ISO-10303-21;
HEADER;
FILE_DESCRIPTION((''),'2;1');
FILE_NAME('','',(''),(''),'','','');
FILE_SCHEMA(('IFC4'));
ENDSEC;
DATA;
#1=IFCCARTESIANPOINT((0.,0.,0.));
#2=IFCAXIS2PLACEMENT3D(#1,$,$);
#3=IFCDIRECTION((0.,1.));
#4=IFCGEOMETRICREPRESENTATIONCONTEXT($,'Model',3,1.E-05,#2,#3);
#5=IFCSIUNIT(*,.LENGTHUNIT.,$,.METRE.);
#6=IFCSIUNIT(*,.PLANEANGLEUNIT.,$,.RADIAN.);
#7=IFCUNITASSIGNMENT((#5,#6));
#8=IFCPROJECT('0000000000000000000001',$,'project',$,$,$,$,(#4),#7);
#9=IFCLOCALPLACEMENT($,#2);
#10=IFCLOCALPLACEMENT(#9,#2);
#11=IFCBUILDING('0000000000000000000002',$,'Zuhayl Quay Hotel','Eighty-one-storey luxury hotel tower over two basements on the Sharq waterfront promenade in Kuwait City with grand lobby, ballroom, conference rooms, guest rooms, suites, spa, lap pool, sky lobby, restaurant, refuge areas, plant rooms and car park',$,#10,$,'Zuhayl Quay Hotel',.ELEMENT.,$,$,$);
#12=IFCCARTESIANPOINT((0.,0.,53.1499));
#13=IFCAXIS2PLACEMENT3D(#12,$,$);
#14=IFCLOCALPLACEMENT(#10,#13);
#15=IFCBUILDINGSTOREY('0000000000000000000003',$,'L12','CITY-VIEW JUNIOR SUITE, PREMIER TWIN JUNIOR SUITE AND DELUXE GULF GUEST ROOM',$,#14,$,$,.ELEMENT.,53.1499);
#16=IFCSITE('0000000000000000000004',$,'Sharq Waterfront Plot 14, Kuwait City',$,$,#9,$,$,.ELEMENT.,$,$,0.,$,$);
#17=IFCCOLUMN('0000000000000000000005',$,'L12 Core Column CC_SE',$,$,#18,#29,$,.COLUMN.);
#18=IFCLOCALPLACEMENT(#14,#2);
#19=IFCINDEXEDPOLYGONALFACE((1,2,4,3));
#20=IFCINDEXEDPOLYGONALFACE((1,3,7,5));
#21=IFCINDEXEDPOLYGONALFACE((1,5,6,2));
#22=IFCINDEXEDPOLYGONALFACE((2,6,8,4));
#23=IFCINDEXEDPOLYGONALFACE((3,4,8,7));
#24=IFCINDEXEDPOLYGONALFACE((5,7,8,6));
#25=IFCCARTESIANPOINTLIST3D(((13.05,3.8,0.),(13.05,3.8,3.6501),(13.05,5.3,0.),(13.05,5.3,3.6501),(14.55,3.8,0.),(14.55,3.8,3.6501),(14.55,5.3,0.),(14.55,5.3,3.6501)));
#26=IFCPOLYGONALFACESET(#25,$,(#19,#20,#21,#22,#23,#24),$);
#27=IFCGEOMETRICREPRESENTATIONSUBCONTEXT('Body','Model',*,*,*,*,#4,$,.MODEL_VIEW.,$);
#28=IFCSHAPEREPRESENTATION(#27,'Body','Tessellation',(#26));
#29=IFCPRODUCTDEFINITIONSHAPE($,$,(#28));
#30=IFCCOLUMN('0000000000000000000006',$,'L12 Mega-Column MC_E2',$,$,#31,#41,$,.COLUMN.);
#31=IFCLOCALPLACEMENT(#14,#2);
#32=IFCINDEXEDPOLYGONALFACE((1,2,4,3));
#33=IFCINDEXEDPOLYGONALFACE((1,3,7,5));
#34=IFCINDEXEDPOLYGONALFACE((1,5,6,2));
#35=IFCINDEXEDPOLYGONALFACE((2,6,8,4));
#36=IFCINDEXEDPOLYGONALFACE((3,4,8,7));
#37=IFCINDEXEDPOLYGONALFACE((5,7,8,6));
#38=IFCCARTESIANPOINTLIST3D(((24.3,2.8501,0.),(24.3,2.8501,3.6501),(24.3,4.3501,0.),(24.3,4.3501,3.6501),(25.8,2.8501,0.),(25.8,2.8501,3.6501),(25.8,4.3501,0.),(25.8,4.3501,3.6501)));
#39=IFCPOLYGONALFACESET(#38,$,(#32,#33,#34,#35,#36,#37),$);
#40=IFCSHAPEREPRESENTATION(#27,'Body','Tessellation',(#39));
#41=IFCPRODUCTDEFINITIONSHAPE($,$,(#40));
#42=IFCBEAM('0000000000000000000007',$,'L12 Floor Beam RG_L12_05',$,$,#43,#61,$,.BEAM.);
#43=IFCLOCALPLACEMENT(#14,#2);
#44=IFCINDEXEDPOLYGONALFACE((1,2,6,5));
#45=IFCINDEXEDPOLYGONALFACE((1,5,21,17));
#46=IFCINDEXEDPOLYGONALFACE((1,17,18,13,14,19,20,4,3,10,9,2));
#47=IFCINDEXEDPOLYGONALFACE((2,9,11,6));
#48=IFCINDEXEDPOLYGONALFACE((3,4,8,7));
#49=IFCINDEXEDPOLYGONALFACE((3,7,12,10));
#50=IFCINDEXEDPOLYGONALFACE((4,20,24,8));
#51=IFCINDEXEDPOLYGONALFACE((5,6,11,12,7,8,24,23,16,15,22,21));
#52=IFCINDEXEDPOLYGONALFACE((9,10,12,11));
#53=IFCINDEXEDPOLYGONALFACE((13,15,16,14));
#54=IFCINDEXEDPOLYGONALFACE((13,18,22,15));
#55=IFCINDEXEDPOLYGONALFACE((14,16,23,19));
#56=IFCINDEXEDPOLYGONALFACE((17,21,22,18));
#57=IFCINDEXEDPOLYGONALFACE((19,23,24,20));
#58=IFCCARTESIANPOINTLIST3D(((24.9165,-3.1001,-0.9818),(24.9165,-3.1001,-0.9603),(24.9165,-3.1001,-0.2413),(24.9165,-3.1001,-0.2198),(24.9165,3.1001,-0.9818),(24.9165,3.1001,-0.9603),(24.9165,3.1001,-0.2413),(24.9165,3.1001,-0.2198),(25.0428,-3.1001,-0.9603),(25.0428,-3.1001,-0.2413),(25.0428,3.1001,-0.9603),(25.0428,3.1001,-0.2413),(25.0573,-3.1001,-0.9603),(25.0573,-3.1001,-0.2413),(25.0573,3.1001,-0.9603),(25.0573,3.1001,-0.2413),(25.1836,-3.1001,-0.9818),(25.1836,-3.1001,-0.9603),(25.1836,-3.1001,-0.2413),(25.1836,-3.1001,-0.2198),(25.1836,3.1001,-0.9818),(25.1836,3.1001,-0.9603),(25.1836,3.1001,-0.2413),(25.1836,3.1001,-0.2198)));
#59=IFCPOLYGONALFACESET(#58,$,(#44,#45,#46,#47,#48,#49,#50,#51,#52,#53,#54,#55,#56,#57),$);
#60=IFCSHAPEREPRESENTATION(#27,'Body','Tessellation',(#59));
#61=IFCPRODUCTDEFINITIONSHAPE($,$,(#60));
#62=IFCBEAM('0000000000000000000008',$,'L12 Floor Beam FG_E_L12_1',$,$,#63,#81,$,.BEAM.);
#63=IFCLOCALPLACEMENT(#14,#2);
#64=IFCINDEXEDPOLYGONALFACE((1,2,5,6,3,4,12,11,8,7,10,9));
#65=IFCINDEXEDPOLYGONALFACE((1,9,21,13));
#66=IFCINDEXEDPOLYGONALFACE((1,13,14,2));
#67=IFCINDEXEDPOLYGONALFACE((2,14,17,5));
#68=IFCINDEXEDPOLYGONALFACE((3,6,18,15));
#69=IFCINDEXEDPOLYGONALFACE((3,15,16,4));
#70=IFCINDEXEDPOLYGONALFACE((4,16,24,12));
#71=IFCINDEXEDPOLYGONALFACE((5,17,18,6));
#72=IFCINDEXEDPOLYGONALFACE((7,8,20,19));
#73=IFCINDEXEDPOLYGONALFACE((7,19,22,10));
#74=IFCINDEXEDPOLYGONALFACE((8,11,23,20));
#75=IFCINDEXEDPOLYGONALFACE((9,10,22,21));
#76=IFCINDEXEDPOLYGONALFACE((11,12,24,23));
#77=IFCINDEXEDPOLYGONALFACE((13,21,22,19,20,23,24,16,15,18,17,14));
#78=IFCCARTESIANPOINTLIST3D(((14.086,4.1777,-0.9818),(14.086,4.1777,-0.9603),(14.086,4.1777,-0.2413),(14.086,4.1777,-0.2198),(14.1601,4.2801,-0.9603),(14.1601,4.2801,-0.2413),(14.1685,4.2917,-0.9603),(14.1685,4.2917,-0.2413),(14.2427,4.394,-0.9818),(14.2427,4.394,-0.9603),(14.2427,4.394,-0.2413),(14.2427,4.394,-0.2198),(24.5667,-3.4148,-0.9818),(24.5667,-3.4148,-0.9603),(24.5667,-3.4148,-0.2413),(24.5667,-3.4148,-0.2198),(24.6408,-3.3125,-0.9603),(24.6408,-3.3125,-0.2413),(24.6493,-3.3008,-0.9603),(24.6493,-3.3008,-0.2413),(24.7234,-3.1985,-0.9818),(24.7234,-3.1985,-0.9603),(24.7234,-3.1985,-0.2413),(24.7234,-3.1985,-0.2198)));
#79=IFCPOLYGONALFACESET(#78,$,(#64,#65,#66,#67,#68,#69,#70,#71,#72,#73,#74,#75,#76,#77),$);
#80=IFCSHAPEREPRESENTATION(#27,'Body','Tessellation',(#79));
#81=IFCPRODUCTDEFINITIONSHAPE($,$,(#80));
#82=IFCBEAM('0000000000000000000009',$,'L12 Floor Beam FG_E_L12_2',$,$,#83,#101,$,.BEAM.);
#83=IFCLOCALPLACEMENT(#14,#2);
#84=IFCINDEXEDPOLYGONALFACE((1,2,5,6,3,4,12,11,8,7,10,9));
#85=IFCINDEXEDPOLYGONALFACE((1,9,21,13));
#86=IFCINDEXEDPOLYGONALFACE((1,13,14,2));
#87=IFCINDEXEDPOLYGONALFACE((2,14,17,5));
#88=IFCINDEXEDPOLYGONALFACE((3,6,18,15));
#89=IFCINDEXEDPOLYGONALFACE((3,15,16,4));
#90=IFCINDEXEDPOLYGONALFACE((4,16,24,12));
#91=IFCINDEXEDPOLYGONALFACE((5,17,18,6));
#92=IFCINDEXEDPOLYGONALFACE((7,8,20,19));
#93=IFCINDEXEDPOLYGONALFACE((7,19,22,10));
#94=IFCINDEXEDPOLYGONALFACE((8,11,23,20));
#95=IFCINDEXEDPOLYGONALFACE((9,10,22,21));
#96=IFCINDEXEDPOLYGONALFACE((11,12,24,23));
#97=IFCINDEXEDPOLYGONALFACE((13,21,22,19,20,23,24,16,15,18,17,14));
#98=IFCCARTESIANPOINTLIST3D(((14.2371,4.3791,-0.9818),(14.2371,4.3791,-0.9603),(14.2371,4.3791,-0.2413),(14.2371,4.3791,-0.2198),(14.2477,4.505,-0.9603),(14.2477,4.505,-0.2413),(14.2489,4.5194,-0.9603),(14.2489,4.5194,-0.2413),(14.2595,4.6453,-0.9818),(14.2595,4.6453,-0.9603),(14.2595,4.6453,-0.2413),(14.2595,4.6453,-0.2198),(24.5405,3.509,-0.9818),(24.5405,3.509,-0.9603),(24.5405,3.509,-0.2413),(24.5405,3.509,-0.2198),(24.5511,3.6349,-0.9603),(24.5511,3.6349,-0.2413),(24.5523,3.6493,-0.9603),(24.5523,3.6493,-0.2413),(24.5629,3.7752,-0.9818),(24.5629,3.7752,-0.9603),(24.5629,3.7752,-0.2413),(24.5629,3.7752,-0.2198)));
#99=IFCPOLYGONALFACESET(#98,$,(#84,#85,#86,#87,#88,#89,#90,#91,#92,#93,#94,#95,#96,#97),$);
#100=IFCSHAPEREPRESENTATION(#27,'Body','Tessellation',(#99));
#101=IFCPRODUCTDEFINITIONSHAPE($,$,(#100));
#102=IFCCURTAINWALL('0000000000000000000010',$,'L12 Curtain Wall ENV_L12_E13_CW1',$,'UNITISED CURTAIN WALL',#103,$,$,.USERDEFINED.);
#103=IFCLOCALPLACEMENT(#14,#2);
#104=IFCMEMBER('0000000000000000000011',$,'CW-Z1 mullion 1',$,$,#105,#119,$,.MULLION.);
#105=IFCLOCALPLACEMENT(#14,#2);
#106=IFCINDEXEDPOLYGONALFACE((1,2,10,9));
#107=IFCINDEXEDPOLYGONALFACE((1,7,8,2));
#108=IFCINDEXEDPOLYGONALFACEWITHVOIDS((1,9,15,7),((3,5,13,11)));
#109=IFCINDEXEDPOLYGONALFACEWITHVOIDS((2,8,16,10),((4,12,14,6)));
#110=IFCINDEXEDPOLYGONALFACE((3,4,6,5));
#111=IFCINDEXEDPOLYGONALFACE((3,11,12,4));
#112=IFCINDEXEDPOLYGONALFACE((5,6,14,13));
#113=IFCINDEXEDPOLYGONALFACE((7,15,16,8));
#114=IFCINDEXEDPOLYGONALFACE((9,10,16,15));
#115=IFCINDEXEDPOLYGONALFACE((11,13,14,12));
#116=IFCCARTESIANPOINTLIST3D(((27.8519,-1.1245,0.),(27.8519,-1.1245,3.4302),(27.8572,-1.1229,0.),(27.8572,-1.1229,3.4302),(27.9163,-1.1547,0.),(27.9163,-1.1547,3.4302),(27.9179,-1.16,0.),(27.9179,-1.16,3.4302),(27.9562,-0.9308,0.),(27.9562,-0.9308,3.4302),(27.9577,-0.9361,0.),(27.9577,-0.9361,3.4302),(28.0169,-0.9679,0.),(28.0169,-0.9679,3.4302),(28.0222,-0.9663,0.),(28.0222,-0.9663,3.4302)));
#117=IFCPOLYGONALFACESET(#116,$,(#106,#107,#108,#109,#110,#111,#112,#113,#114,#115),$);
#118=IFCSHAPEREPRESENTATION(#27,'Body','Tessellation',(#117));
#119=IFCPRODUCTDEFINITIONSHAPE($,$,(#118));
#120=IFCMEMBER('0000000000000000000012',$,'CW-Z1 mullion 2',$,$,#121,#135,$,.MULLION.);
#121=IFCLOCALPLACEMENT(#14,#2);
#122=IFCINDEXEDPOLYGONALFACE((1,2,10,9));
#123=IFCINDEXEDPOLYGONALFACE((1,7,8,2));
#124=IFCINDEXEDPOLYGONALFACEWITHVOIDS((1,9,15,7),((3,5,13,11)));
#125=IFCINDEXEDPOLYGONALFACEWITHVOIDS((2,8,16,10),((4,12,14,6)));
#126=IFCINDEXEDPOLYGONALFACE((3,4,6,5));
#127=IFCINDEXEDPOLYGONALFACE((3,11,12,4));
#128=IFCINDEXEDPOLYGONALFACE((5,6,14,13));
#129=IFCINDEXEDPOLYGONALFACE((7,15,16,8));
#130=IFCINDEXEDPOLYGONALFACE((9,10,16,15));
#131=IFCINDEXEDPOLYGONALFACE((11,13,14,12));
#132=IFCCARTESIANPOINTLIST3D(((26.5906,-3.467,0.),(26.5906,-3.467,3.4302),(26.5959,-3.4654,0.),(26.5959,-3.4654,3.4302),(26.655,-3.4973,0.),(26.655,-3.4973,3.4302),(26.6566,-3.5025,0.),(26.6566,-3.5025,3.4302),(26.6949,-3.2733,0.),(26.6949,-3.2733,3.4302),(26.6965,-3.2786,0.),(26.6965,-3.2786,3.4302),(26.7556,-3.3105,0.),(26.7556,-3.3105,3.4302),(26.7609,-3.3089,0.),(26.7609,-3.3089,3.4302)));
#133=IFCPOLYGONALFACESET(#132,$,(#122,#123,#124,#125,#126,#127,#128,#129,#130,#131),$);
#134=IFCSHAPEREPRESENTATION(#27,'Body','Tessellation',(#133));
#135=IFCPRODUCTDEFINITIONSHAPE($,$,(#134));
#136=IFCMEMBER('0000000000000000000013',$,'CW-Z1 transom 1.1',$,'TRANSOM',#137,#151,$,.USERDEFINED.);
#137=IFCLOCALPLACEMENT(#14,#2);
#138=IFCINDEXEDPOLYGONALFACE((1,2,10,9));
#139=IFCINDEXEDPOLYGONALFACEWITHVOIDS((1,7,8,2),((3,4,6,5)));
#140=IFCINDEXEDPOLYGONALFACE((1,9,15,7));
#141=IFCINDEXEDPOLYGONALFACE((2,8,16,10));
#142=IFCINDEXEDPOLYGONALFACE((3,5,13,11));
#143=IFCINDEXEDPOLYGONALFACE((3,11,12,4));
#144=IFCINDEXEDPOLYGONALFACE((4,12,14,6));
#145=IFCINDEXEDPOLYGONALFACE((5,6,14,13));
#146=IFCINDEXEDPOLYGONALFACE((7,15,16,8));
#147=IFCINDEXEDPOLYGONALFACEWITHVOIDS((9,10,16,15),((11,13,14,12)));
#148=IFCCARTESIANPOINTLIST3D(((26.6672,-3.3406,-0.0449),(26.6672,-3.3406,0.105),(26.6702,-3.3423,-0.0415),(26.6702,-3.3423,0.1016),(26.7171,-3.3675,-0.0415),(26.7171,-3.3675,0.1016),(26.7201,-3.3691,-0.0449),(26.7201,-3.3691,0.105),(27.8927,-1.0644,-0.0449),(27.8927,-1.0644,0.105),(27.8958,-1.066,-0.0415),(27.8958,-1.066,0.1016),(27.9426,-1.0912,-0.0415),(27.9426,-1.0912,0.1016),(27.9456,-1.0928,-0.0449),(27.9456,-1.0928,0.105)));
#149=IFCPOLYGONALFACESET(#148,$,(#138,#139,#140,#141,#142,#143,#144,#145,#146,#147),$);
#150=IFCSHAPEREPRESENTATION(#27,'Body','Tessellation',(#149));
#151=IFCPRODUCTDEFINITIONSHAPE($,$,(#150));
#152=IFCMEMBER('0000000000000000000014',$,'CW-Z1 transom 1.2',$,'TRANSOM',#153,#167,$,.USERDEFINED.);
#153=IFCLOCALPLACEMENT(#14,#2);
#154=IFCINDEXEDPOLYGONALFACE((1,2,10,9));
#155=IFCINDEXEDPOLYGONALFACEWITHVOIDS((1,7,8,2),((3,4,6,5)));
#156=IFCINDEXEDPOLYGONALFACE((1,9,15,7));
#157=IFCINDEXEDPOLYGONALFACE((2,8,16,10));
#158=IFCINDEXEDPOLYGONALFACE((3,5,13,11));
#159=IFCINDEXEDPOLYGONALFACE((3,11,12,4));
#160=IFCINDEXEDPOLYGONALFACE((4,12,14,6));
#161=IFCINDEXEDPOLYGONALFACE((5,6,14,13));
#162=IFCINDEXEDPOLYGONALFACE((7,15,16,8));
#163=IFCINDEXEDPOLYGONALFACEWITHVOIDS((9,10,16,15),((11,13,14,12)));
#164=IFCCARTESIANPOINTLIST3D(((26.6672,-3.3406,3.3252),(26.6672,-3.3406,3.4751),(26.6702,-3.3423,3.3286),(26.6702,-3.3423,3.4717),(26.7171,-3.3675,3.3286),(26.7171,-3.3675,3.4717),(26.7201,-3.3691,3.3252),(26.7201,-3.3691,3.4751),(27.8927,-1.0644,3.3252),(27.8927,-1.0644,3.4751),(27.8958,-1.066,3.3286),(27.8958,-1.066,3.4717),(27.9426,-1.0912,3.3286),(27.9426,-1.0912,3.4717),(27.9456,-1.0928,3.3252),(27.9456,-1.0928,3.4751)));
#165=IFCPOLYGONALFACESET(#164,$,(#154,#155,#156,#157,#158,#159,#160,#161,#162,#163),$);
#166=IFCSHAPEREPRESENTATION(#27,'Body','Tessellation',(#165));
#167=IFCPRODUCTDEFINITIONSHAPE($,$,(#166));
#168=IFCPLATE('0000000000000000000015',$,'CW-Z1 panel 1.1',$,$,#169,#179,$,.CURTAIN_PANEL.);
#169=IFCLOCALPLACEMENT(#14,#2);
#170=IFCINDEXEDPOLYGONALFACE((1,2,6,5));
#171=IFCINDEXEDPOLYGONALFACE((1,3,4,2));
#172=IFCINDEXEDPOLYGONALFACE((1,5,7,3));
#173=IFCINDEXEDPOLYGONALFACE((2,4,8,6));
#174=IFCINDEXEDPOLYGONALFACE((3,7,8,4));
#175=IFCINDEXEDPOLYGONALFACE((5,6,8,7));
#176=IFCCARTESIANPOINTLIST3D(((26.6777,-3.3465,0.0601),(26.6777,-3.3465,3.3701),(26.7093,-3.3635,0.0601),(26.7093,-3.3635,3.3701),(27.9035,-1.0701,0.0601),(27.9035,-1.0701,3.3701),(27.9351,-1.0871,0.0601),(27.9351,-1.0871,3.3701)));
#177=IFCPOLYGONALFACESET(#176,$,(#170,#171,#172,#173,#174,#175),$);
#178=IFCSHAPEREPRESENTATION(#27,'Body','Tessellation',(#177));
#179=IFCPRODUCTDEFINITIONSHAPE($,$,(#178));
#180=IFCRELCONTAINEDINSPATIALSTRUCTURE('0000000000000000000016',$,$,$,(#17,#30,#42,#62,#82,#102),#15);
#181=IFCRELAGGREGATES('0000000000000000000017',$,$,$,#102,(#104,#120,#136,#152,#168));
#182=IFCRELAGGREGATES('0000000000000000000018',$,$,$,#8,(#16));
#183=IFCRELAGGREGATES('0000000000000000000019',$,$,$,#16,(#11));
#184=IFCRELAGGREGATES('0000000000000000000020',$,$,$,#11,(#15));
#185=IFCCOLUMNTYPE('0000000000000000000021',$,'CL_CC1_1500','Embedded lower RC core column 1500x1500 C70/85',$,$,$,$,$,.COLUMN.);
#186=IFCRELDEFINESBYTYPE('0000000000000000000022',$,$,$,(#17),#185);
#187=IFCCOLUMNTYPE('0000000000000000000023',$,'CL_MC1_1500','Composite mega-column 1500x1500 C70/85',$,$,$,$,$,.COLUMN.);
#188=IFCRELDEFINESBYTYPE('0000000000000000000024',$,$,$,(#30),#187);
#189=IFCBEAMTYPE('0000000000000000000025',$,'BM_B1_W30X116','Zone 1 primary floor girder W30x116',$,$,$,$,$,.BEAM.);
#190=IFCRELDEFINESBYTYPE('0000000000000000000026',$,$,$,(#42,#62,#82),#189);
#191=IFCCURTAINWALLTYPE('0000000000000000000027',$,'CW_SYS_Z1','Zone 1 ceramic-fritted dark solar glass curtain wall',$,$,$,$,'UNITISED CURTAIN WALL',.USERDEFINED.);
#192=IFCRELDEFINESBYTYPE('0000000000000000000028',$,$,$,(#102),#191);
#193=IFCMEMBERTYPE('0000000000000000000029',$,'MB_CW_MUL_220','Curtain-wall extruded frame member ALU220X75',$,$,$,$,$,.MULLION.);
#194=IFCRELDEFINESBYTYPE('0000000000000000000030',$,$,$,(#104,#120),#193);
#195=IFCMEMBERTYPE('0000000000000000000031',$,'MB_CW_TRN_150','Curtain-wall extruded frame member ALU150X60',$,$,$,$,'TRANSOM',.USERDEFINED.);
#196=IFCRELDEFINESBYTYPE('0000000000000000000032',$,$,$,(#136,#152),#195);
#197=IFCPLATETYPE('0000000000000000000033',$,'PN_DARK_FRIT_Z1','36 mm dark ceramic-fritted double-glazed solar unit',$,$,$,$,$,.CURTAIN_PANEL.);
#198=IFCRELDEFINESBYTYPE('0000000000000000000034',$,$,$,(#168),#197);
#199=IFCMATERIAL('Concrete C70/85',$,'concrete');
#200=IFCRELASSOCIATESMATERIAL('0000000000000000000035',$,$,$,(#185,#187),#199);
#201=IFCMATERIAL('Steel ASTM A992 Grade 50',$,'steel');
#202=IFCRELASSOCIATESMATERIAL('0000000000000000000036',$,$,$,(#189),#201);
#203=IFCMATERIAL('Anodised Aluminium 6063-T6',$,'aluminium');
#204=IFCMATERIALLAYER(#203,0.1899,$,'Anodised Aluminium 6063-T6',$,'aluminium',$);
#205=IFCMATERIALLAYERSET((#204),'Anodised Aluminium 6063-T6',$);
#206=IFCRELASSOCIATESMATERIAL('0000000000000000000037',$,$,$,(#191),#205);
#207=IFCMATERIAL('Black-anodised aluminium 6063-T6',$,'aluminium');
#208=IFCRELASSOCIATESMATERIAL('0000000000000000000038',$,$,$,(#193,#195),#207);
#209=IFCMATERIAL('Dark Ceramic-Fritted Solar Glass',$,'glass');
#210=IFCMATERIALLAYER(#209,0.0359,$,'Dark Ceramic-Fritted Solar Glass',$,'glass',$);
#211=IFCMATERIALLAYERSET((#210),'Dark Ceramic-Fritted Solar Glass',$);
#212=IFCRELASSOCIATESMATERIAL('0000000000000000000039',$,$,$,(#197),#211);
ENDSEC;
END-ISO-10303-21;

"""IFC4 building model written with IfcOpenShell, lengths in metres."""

from ifc_helpers import new_model, si_unit, direction, frame, origin, origin_2d, place, context, subcontext, project, spatial, rectangle, hollow_rectangle, i_section, extrude, material, layer, layer_set, material_profile, profile_set, type_object, element, aggregate, save


model = new_model("IFC4")

# Units and contexts
model_context = context("Model", 3, precision=1e-05, world=origin(), true_north=direction((0.0, 1.0)))
body_context = subcontext(model_context, "Body", "Model", "MODEL_VIEW")
ifc_project = project(units=[si_unit("LENGTHUNIT", "METRE"), si_unit("PLANEANGLEUNIT", "RADIAN")], contexts=[model_context])

# Site, building, storey
site_placement = place(None, origin())
site = spatial("IfcSite", under=ifc_project, at=site_placement, Name="Sharq Waterfront Plot 14, Kuwait City", CompositionType="ELEMENT", RefElevation=0.0)
building_placement = place(site_placement, origin())
building = spatial("IfcBuilding", under=site, at=building_placement, Name="Zuhayl Quay Hotel", Description="Eighty-one-storey luxury hotel tower over two basements on the Sharq waterfront promenade in Kuwait City with grand lobby, ballroom, conference rooms, guest rooms, suites, spa, lap pool, sky lobby, restaurant, refuge areas, plant rooms and car park", LongName="Zuhayl Quay Hotel", CompositionType="ELEMENT")
storey_placement = place(building_placement, frame((0.0, 0.0, 53.1499)))
storey = spatial("IfcBuildingStorey", under=building, at=storey_placement, Name="L12", Description="CITY-VIEW JUNIOR SUITE, PREMIER TWIN JUNIOR SUITE AND DELUXE GULF GUEST ROOM", CompositionType="ELEMENT", Elevation=53.1499)

# Columns
ifc_material_1 = material(Name="Concrete C70/85", Category="concrete")
ifc_material_profile_1 = material_profile(ifc_material_1, rectangle(XDim=1.5, YDim=1.5, at=origin_2d()), Name="RC1500X1500")
ifc_profile_set_1 = profile_set([ifc_material_profile_1], Name="Concrete C70/85")
column_type_1 = type_object("IfcColumnType", Name="CL_CC1_1500", Description="Embedded lower RC core column 1500x1500 C70/85", PredefinedType="COLUMN", material=ifc_profile_set_1)
column_1_placement = place(storey_placement, frame((13.8, 4.55, 0.0), z_axis=(0.0, 0.0, 1.0), x_axis=(1.0, 0.0, 0.0)))
element("IfcColumn", 1, at=column_1_placement, inside=storey, type_object=column_type_1, Name="L12 Core Column CC_SE", PredefinedType="COLUMN", context=body_context, shape_type="SweptSolid", body=[
    extrude(rectangle(XDim=1.5, YDim=1.5, at=origin_2d()), origin(), (0.0, 0.0, 1.0), 3.6501),
])
ifc_material_profile_2 = material_profile(ifc_material_1, rectangle(XDim=1.5, YDim=1.5, at=origin_2d()), Name="RC1500X1500")
ifc_profile_set_2 = profile_set([ifc_material_profile_2], Name="Concrete C70/85")
column_type_2 = type_object("IfcColumnType", Name="CL_MC1_1500", Description="Composite mega-column 1500x1500 C70/85", PredefinedType="COLUMN", material=ifc_profile_set_2)
column_2_placement = place(storey_placement, frame((25.05, 3.6001, 0.0), z_axis=(0.0, 0.0, 1.0), x_axis=(1.0, 0.0, 0.0)))
element("IfcColumn", 2, at=column_2_placement, inside=storey, type_object=column_type_2, Name="L12 Mega-Column MC_E2", PredefinedType="COLUMN", context=body_context, shape_type="SweptSolid", body=[
    extrude(rectangle(XDim=1.5, YDim=1.5, at=origin_2d()), origin(), (0.0, 0.0, 1.0), 3.6501),
])

# Beams
ifc_material_2 = material(Name="Steel ASTM A992 Grade 50", Category="steel")
ifc_material_profile_3 = material_profile(ifc_material_2, i_section(OverallWidth=0.2671, OverallDepth=0.762, WebThickness=0.0144, FlangeThickness=0.0215, at=origin_2d()), Name="W30X116")
ifc_profile_set_3 = profile_set([ifc_material_profile_3], Name="Steel ASTM A992 Grade 50")
beam_type = type_object("IfcBeamType", Name="BM_B1_W30X116", Description="Zone 1 primary floor girder W30x116", PredefinedType="BEAM", material=ifc_profile_set_3)
beam_1_placement = place(storey_placement, frame((25.05, -3.1001, -0.6008), z_axis=(0.0, 1.0, 0.0), x_axis=(-1.0, 0.0, 0.0)))
element("IfcBeam", 3, at=beam_1_placement, inside=storey, type_object=beam_type, Name="L12 Floor Beam RG_L12_05", PredefinedType="BEAM", context=body_context, shape_type="SweptSolid", body=[
    extrude(i_section(OverallWidth=0.2671, OverallDepth=0.762, WebThickness=0.0144, FlangeThickness=0.0215, at=origin_2d()), origin(), (0.0, 0.0, 1.0), 6.2002),
])
beam_2_placement = place(storey_placement, frame((14.1643, 4.2859, -0.6008), z_axis=(0.80983, -0.586664, 0.0), x_axis=(0.586664, 0.80983, 0.0)))
element("IfcBeam", 4, at=beam_2_placement, inside=storey, type_object=beam_type, Name="L12 Floor Beam FG_E_L12_1", PredefinedType="BEAM", context=body_context, shape_type="SweptSolid", body=[
    extrude(i_section(OverallWidth=0.2671, OverallDepth=0.762, WebThickness=0.0144, FlangeThickness=0.0215, at=origin_2d()), origin(), (0.0, 0.0, 1.0), 12.9419),
])
beam_3_placement = place(storey_placement, frame((14.2483, 4.5122, -0.6008), z_axis=(0.996453, -0.084149, 0.0), x_axis=(0.084149, 0.996453, 0.0)))
element("IfcBeam", 5, at=beam_3_placement, inside=storey, type_object=beam_type, Name="L12 Floor Beam FG_E_L12_2", PredefinedType="BEAM", context=body_context, shape_type="SweptSolid", body=[
    extrude(i_section(OverallWidth=0.2671, OverallDepth=0.762, WebThickness=0.0144, FlangeThickness=0.0215, at=origin_2d()), origin(), (0.0, 0.0, 1.0), 10.3401),
])

# Curtain wall, members, plate
ifc_material_3 = material(Name="Anodised Aluminium 6063-T6", Category="aluminium")
ifc_layer_1 = layer(ifc_material_3, 0.1899, Name="Anodised Aluminium 6063-T6", Category="aluminium")
ifc_layer_set_1 = layer_set([ifc_layer_1], Name="Anodised Aluminium 6063-T6")
curtain_wall_type = type_object("IfcCurtainWallType", Name="CW_SYS_Z1", Description="Zone 1 ceramic-fritted dark solar glass curtain wall", ElementType="UNITISED CURTAIN WALL", PredefinedType="USERDEFINED", material=ifc_layer_set_1)
curtain_wall_placement = place(storey_placement, origin())
curtain_wall = element("IfcCurtainWall", 6, at=curtain_wall_placement, inside=storey, type_object=curtain_wall_type, Name="L12 Curtain Wall ENV_L12_E13_CW1", ObjectType="UNITISED CURTAIN WALL", PredefinedType="USERDEFINED")
ifc_material_4 = material(Name="Black-anodised aluminium 6063-T6", Category="aluminium")
ifc_material_profile_4 = material_profile(ifc_material_4, hollow_rectangle(XDim=0.075, YDim=0.22, WallThickness=0.0039, at=origin_2d()), Name="ALU220X75")
ifc_profile_set_4 = profile_set([ifc_material_profile_4], Name="Black-anodised aluminium 6063-T6")
member_type_1 = type_object("IfcMemberType", Name="MB_CW_MUL_220", Description="Curtain-wall extruded frame member ALU220X75", PredefinedType="MULLION", material=ifc_profile_set_4)
member_1_placement = place(storey_placement, frame((27.937, -1.0454, 0.0), z_axis=(0.0, 0.0, 1.0), x_axis=(0.880476, -0.474091, 0.0)))
member_1 = element("IfcMember", 7, at=member_1_placement, type_object=member_type_1, Name="CW-Z1 mullion 1", PredefinedType="MULLION", context=body_context, shape_type="SweptSolid", body=[
    extrude(hollow_rectangle(XDim=0.075, YDim=0.22, WallThickness=0.0039, at=origin_2d()), origin(), (0.0, 0.0, 1.0), 3.4302),
])
member_2_placement = place(storey_placement, frame((26.6758, -3.3879, 0.0), z_axis=(0.0, 0.0, 1.0), x_axis=(0.880476, -0.474091, 0.0)))
member_2 = element("IfcMember", 8, at=member_2_placement, type_object=member_type_1, Name="CW-Z1 mullion 2", PredefinedType="MULLION", context=body_context, shape_type="SweptSolid", body=[
    extrude(hollow_rectangle(XDim=0.075, YDim=0.22, WallThickness=0.0039, at=origin_2d()), origin(), (0.0, 0.0, 1.0), 3.4302),
])
ifc_material_profile_5 = material_profile(ifc_material_4, hollow_rectangle(XDim=0.0601, YDim=0.1499, WallThickness=0.0034, at=origin_2d()), Name="ALU150X60")
ifc_profile_set_5 = profile_set([ifc_material_profile_5], Name="Black-anodised aluminium 6063-T6")
member_type_2 = type_object("IfcMemberType", Name="MB_CW_TRN_150", Description="Curtain-wall extruded frame member ALU150X60", ElementType="TRANSOM", PredefinedType="USERDEFINED", material=ifc_profile_set_5)
member_3_placement = place(storey_placement, frame((27.9192, -1.0786, 0.03), z_axis=(-0.474055, -0.880495, 0.0), x_axis=(0.880495, -0.474055, 0.0)))
member_3 = element("IfcMember", 9, at=member_3_placement, type_object=member_type_2, Name="CW-Z1 transom 1.1", ObjectType="TRANSOM", PredefinedType="USERDEFINED", context=body_context, shape_type="SweptSolid", body=[
    extrude(hollow_rectangle(XDim=0.0601, YDim=0.1499, WallThickness=0.0034, at=origin_2d()), origin(), (0.0, 0.0, 1.0), 2.5852),
])
member_4_placement = place(storey_placement, frame((27.9192, -1.0786, 3.4001), z_axis=(-0.474055, -0.880495, 0.0), x_axis=(0.880495, -0.474055, 0.0)))
member_4 = element("IfcMember", 10, at=member_4_placement, type_object=member_type_2, Name="CW-Z1 transom 1.2", ObjectType="TRANSOM", PredefinedType="USERDEFINED", context=body_context, shape_type="SweptSolid", body=[
    extrude(hollow_rectangle(XDim=0.0601, YDim=0.1499, WallThickness=0.0034, at=origin_2d()), origin(), (0.0, 0.0, 1.0), 2.5852),
])
ifc_material_5 = material(Name="Dark Ceramic-Fritted Solar Glass", Category="glass")
ifc_layer_2 = layer(ifc_material_5, 0.0359, Name="Dark Ceramic-Fritted Solar Glass", Category="glass")
ifc_layer_set_2 = layer_set([ifc_layer_2], Name="Dark Ceramic-Fritted Solar Glass")
plate_type = type_object("IfcPlateType", Name="PN_DARK_FRIT_Z1", Description="36 mm dark ceramic-fritted double-glazed solar unit", PredefinedType="CURTAIN_PANEL", material=ifc_layer_set_2)
plate_placement = place(storey_placement, frame((27.3064, -2.2168, 0.0601), z_axis=(0.0, 0.0, 1.0), x_axis=(-0.474091, -0.880476, 0.0)))
plate = element("IfcPlate", 11, at=plate_placement, type_object=plate_type, Name="CW-Z1 panel 1.1", PredefinedType="CURTAIN_PANEL", context=body_context, shape_type="SweptSolid", body=[
    extrude(rectangle(XDim=2.5854, YDim=0.0359, at=origin_2d()), origin(), (0.0, 0.0, 1.0), 3.3101),
])
aggregate(curtain_wall, [member_1, member_2, member_3, member_4, plate])

save(model, "model.ifc")
